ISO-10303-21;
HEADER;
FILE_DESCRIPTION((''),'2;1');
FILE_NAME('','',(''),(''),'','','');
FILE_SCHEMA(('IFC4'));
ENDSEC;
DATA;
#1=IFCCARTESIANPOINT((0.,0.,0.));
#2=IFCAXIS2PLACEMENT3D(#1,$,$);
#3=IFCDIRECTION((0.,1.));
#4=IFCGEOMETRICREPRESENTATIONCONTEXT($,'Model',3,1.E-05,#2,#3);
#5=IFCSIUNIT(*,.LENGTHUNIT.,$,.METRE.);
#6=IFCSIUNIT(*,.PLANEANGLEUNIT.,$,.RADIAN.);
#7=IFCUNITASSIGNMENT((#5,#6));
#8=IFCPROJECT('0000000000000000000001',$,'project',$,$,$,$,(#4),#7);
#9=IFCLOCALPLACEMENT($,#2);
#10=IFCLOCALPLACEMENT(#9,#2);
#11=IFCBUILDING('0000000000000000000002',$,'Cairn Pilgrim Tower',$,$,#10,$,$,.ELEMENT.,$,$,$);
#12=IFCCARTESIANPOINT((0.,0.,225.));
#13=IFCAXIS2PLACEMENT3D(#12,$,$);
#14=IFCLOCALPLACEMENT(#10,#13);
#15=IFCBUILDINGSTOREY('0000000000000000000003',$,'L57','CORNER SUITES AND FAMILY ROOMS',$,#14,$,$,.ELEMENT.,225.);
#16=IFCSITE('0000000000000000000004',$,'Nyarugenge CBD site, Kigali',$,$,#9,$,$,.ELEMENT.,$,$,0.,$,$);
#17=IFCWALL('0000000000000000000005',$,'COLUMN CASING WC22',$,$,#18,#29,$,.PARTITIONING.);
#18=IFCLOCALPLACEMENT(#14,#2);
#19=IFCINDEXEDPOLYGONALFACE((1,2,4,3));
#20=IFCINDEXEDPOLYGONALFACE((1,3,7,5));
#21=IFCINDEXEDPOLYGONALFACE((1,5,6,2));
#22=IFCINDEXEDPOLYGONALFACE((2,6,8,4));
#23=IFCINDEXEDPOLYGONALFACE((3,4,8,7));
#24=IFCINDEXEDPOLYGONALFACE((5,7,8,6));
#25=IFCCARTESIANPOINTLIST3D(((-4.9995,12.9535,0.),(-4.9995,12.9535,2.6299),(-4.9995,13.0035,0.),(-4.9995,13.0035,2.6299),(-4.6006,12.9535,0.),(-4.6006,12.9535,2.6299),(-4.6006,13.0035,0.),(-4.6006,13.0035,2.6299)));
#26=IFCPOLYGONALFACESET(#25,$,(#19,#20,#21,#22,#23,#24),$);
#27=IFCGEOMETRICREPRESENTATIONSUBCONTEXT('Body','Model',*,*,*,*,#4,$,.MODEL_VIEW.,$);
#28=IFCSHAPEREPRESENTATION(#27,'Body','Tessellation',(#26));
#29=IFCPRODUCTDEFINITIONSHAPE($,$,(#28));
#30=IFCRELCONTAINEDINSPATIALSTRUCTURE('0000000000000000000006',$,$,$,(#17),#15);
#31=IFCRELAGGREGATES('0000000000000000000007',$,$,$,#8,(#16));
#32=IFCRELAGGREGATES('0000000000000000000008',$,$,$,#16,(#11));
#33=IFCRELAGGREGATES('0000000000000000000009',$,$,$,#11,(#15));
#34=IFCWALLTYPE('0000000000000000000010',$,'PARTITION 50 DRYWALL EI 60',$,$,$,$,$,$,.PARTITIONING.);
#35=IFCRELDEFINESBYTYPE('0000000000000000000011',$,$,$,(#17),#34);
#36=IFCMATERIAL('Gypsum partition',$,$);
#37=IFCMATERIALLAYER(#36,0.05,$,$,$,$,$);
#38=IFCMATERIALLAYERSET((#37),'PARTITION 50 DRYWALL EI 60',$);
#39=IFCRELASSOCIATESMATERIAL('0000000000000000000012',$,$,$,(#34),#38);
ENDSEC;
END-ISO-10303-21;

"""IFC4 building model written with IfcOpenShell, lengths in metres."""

from ifc_helpers import new_model, si_unit, direction, frame, frame_2d, origin, place, context, subcontext, project, spatial, rectangle, extrude, material, layer, layer_set, type_object, element, save


model = new_model("IFC4")

# Units and contexts
model_context = context("Model", 3, precision=1e-05, world=origin(), true_north=direction((0.0, 1.0)))
body_context = subcontext(model_context, "Body", "Model", "MODEL_VIEW")
ifc_project = project(units=[si_unit("LENGTHUNIT", "METRE"), si_unit("PLANEANGLEUNIT", "RADIAN")], contexts=[model_context])

# Site, building, storey
site_placement = place(None, origin())
site = spatial("IfcSite", under=ifc_project, at=site_placement, Name="Nyarugenge CBD site, Kigali", CompositionType="ELEMENT", RefElevation=0.0)
building_placement = place(site_placement, origin())
building = spatial("IfcBuilding", under=site, at=building_placement, Name="Cairn Pilgrim Tower", CompositionType="ELEMENT")
storey_placement = place(building_placement, frame((0.0, 0.0, 225.0)))
storey = spatial("IfcBuildingStorey", under=building, at=storey_placement, Name="L57", Description="CORNER SUITES AND FAMILY ROOMS", CompositionType="ELEMENT", Elevation=225.0)

# Shared definitions
ifc_material_1 = material(Name="Gypsum partition")

# Wall
ifc_layer_1 = layer(ifc_material_1, 0.05)
ifc_layer_set_1 = layer_set([ifc_layer_1], Name="PARTITION 50 DRYWALL EI 60")
wall_type_1 = type_object("IfcWallType", Name="PARTITION 50 DRYWALL EI 60", PredefinedType="PARTITIONING", material=ifc_layer_set_1)
wall_1_placement = place(storey_placement, frame((-4.9995, 12.9785, 0.0), z_axis=(0.0, 0.0, 1.0), x_axis=(1.0, 0.0, 0.0)))
element("IfcWall", 1, at=wall_1_placement, inside=storey, type_object=wall_type_1, Name="COLUMN CASING WC22", PredefinedType="PARTITIONING", context=body_context, shape_type="SweptSolid", body=[
    extrude(rectangle(XDim=0.3989, YDim=0.05, at=frame_2d((0.1995, 0.0))), origin(), (0.0, 0.0, 1.0), 2.6299),
])

save(model, "model.ifc")
